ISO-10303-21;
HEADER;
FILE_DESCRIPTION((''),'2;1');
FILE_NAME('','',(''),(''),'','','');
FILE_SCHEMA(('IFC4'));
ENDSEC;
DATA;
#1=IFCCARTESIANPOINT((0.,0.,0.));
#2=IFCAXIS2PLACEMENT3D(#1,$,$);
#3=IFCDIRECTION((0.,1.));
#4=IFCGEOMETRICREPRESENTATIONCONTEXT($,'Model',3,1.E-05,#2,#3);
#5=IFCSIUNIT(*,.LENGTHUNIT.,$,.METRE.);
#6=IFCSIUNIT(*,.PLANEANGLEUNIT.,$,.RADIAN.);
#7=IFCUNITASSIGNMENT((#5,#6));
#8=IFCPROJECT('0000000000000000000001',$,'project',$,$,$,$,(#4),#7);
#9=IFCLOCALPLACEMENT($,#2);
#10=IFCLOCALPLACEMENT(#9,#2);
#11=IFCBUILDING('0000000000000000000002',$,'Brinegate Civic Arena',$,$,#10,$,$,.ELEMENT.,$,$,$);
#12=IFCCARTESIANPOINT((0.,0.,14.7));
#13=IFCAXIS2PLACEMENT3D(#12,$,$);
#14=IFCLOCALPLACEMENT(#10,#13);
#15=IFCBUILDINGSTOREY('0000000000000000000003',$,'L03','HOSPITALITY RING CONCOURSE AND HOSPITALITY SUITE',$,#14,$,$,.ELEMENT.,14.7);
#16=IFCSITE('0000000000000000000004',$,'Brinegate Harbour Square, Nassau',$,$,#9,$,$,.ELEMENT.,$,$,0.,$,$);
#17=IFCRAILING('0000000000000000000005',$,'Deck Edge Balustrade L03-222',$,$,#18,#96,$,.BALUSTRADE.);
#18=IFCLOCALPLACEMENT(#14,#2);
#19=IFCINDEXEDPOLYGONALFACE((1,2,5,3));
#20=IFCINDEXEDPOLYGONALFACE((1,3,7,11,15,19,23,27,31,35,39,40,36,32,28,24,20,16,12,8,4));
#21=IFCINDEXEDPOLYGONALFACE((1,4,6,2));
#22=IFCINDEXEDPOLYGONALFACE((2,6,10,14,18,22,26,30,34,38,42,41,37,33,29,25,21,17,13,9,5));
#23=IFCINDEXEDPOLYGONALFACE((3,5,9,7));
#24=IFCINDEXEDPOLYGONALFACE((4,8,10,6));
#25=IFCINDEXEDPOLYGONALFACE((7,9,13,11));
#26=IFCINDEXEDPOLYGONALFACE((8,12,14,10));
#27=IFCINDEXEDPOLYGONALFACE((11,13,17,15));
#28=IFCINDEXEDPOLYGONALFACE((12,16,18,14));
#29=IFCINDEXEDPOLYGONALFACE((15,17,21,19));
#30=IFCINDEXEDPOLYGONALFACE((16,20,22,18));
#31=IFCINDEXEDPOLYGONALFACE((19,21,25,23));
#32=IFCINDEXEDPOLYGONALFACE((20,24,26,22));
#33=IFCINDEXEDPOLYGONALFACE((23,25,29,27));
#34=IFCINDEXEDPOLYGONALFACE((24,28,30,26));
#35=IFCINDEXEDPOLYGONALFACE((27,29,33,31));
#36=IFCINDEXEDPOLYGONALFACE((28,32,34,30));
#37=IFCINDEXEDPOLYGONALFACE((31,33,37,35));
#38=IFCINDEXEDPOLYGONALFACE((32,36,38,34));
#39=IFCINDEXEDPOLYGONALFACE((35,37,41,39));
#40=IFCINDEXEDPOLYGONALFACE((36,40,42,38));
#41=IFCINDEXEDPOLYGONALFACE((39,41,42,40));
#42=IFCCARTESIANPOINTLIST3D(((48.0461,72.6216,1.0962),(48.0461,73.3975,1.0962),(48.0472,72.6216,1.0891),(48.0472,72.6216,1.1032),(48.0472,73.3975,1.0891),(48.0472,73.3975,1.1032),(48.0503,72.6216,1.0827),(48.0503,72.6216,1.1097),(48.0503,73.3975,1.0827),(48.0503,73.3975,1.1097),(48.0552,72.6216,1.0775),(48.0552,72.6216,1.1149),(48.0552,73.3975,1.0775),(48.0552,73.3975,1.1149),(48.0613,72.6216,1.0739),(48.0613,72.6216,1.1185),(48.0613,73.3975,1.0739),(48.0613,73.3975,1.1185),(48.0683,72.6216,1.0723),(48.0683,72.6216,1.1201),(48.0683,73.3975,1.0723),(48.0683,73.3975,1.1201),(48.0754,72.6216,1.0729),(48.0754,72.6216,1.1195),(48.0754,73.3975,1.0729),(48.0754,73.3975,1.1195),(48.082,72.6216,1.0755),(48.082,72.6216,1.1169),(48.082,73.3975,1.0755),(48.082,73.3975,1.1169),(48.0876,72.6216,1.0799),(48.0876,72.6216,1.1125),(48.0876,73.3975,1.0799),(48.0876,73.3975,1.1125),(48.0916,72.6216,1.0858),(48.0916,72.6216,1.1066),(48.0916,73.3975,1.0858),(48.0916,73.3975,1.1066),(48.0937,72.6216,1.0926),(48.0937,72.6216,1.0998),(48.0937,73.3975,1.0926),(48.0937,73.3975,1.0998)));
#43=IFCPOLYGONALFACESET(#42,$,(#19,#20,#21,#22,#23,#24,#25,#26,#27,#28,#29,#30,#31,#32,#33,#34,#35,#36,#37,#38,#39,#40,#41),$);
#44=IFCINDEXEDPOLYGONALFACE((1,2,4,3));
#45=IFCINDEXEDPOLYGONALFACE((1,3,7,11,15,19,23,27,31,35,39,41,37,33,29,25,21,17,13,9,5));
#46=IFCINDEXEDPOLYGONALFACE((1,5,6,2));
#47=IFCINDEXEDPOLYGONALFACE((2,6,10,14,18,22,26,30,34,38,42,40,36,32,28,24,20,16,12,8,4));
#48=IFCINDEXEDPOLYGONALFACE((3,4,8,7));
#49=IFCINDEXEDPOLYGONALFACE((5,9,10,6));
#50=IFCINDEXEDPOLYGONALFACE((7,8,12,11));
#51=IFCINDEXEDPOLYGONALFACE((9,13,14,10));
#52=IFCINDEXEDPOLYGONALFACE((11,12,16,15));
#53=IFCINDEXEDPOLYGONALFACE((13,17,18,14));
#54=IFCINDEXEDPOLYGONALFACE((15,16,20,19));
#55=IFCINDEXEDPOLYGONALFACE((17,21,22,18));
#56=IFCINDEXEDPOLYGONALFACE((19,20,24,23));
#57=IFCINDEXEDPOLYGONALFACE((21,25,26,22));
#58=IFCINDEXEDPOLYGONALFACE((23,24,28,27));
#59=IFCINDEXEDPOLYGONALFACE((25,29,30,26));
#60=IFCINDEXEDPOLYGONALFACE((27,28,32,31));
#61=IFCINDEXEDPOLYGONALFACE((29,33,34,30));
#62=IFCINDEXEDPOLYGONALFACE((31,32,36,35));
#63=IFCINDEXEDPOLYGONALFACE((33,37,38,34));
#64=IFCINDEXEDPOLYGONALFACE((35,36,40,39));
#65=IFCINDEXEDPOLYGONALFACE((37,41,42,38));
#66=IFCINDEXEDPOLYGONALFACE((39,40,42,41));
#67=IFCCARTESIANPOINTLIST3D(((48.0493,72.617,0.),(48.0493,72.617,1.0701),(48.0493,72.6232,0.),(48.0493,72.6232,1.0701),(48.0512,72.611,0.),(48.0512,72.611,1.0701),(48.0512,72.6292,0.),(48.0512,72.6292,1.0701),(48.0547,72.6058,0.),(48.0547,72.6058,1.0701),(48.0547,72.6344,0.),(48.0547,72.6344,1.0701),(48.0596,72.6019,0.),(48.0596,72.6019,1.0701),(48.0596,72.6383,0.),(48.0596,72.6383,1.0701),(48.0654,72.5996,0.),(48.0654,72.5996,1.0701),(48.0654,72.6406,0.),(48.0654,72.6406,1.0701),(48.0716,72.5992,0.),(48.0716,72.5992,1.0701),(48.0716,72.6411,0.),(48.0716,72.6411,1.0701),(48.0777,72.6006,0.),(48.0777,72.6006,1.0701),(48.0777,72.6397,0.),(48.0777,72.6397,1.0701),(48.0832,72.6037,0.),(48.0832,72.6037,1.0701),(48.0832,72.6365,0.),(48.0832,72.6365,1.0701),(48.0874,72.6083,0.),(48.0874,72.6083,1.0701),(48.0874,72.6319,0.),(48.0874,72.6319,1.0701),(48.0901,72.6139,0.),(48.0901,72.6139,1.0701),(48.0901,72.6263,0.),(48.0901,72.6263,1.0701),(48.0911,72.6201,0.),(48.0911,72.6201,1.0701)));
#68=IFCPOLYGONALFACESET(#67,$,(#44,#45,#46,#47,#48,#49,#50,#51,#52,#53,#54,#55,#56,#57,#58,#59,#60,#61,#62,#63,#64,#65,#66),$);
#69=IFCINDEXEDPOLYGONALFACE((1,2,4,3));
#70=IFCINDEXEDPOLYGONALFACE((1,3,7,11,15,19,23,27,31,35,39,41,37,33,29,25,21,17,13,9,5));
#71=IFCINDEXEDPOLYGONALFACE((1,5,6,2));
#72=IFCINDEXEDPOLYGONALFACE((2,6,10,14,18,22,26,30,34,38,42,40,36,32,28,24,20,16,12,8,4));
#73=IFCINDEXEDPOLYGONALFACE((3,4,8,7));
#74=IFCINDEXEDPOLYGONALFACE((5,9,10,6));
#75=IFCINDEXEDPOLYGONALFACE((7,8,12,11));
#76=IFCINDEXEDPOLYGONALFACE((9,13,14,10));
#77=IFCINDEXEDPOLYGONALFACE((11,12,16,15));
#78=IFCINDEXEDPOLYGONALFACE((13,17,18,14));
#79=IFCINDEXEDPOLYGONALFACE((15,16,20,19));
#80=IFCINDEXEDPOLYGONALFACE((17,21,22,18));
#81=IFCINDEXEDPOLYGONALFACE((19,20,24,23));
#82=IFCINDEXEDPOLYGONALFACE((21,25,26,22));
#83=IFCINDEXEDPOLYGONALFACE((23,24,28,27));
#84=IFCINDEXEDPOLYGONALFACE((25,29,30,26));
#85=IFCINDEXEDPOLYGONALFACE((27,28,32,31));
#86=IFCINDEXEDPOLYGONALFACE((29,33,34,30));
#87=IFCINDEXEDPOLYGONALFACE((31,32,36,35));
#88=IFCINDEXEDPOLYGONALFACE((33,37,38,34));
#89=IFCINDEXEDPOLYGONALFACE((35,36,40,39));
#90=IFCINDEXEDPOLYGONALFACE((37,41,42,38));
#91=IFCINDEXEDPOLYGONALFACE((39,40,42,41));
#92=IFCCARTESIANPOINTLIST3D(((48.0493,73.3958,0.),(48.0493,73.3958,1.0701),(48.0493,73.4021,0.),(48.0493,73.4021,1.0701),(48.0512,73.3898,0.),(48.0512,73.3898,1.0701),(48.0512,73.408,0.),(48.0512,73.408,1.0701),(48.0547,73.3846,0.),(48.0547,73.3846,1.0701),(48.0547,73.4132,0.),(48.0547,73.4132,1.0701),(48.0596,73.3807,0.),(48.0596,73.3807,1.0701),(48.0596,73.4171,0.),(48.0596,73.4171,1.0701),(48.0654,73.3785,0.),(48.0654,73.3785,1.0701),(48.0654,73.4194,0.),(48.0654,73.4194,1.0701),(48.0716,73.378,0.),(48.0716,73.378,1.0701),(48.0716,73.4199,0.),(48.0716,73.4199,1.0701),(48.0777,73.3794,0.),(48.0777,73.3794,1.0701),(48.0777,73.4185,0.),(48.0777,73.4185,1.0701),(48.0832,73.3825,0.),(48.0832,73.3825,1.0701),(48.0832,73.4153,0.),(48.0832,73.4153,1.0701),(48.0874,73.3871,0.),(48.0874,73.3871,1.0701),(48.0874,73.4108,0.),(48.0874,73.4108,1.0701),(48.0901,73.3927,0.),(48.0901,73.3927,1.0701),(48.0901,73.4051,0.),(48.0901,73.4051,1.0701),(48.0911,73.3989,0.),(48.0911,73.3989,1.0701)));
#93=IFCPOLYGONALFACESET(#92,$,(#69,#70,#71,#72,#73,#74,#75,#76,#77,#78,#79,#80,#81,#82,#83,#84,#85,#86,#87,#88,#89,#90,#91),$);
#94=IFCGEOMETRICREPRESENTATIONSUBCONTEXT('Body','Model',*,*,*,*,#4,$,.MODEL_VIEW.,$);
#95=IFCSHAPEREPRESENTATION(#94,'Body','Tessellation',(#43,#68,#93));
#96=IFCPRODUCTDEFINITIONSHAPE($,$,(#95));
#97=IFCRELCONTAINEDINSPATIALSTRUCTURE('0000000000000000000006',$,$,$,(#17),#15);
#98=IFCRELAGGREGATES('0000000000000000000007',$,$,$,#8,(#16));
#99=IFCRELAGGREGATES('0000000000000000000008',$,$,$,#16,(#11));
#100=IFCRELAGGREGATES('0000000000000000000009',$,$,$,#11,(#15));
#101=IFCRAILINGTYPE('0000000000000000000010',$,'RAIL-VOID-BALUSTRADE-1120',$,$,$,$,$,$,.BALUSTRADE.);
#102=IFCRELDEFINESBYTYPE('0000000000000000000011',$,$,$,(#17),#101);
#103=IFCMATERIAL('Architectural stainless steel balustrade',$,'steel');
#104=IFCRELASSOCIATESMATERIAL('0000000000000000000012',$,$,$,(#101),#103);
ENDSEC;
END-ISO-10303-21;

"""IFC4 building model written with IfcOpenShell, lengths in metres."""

from ifc_helpers import new_model, si_unit, direction, frame, origin, origin_2d, place, context, subcontext, project, spatial, circle, extrude, material, type_object, element, save


model = new_model("IFC4")

# Units and contexts
model_context = context("Model", 3, precision=1e-05, world=origin(), true_north=direction((0.0, 1.0)))
body_context = subcontext(model_context, "Body", "Model", "MODEL_VIEW")
ifc_project = project(units=[si_unit("LENGTHUNIT", "METRE"), si_unit("PLANEANGLEUNIT", "RADIAN")], contexts=[model_context])

# Site, building, storey
site_placement = place(None, origin())
site = spatial("IfcSite", under=ifc_project, at=site_placement, Name="Brinegate Harbour Square, Nassau", CompositionType="ELEMENT", RefElevation=0.0)
building_placement = place(site_placement, origin())
building = spatial("IfcBuilding", under=site, at=building_placement, Name="Brinegate Civic Arena", CompositionType="ELEMENT")
storey_placement = place(building_placement, frame((0.0, 0.0, 14.7)))
storey = spatial("IfcBuildingStorey", under=building, at=storey_placement, Name="L03", Description="HOSPITALITY RING CONCOURSE AND HOSPITALITY SUITE", CompositionType="ELEMENT", Elevation=14.7)

# Railing
ifc_material_1 = material(Name="Architectural stainless steel balustrade", Category="steel")
railing_type_1 = type_object("IfcRailingType", Name="RAIL-VOID-BALUSTRADE-1120", PredefinedType="BALUSTRADE", material=ifc_material_1)
for number, where, name in (
    (1, (48.0701, 72.6201, 0.0), "Deck Edge Balustrade L03-222"),
):
    element("IfcRailing", number, at=place(storey_placement, frame(where)), inside=storey, type_object=railing_type_1, Name=name, PredefinedType="BALUSTRADE", context=body_context, shape_type="SweptSolid", body=[
        extrude(circle(Radius=0.0239, at=origin_2d()), frame((0.0, 0.0015, 1.0962), z_axis=(0.0, 1.0, 0.0), x_axis=(-1.0, 0.0, 0.0)), (0.0, 0.0, 1.0), 0.7759),
        extrude(circle(Radius=0.021, at=origin_2d()), origin(), (0.0, 0.0, 1.0), 1.0701),
        extrude(circle(Radius=0.021, at=origin_2d()), frame((0.0, 0.7788, 0.0)), (0.0, 0.0, 1.0), 1.0701),
    ])

save(model, "model.ifc")
